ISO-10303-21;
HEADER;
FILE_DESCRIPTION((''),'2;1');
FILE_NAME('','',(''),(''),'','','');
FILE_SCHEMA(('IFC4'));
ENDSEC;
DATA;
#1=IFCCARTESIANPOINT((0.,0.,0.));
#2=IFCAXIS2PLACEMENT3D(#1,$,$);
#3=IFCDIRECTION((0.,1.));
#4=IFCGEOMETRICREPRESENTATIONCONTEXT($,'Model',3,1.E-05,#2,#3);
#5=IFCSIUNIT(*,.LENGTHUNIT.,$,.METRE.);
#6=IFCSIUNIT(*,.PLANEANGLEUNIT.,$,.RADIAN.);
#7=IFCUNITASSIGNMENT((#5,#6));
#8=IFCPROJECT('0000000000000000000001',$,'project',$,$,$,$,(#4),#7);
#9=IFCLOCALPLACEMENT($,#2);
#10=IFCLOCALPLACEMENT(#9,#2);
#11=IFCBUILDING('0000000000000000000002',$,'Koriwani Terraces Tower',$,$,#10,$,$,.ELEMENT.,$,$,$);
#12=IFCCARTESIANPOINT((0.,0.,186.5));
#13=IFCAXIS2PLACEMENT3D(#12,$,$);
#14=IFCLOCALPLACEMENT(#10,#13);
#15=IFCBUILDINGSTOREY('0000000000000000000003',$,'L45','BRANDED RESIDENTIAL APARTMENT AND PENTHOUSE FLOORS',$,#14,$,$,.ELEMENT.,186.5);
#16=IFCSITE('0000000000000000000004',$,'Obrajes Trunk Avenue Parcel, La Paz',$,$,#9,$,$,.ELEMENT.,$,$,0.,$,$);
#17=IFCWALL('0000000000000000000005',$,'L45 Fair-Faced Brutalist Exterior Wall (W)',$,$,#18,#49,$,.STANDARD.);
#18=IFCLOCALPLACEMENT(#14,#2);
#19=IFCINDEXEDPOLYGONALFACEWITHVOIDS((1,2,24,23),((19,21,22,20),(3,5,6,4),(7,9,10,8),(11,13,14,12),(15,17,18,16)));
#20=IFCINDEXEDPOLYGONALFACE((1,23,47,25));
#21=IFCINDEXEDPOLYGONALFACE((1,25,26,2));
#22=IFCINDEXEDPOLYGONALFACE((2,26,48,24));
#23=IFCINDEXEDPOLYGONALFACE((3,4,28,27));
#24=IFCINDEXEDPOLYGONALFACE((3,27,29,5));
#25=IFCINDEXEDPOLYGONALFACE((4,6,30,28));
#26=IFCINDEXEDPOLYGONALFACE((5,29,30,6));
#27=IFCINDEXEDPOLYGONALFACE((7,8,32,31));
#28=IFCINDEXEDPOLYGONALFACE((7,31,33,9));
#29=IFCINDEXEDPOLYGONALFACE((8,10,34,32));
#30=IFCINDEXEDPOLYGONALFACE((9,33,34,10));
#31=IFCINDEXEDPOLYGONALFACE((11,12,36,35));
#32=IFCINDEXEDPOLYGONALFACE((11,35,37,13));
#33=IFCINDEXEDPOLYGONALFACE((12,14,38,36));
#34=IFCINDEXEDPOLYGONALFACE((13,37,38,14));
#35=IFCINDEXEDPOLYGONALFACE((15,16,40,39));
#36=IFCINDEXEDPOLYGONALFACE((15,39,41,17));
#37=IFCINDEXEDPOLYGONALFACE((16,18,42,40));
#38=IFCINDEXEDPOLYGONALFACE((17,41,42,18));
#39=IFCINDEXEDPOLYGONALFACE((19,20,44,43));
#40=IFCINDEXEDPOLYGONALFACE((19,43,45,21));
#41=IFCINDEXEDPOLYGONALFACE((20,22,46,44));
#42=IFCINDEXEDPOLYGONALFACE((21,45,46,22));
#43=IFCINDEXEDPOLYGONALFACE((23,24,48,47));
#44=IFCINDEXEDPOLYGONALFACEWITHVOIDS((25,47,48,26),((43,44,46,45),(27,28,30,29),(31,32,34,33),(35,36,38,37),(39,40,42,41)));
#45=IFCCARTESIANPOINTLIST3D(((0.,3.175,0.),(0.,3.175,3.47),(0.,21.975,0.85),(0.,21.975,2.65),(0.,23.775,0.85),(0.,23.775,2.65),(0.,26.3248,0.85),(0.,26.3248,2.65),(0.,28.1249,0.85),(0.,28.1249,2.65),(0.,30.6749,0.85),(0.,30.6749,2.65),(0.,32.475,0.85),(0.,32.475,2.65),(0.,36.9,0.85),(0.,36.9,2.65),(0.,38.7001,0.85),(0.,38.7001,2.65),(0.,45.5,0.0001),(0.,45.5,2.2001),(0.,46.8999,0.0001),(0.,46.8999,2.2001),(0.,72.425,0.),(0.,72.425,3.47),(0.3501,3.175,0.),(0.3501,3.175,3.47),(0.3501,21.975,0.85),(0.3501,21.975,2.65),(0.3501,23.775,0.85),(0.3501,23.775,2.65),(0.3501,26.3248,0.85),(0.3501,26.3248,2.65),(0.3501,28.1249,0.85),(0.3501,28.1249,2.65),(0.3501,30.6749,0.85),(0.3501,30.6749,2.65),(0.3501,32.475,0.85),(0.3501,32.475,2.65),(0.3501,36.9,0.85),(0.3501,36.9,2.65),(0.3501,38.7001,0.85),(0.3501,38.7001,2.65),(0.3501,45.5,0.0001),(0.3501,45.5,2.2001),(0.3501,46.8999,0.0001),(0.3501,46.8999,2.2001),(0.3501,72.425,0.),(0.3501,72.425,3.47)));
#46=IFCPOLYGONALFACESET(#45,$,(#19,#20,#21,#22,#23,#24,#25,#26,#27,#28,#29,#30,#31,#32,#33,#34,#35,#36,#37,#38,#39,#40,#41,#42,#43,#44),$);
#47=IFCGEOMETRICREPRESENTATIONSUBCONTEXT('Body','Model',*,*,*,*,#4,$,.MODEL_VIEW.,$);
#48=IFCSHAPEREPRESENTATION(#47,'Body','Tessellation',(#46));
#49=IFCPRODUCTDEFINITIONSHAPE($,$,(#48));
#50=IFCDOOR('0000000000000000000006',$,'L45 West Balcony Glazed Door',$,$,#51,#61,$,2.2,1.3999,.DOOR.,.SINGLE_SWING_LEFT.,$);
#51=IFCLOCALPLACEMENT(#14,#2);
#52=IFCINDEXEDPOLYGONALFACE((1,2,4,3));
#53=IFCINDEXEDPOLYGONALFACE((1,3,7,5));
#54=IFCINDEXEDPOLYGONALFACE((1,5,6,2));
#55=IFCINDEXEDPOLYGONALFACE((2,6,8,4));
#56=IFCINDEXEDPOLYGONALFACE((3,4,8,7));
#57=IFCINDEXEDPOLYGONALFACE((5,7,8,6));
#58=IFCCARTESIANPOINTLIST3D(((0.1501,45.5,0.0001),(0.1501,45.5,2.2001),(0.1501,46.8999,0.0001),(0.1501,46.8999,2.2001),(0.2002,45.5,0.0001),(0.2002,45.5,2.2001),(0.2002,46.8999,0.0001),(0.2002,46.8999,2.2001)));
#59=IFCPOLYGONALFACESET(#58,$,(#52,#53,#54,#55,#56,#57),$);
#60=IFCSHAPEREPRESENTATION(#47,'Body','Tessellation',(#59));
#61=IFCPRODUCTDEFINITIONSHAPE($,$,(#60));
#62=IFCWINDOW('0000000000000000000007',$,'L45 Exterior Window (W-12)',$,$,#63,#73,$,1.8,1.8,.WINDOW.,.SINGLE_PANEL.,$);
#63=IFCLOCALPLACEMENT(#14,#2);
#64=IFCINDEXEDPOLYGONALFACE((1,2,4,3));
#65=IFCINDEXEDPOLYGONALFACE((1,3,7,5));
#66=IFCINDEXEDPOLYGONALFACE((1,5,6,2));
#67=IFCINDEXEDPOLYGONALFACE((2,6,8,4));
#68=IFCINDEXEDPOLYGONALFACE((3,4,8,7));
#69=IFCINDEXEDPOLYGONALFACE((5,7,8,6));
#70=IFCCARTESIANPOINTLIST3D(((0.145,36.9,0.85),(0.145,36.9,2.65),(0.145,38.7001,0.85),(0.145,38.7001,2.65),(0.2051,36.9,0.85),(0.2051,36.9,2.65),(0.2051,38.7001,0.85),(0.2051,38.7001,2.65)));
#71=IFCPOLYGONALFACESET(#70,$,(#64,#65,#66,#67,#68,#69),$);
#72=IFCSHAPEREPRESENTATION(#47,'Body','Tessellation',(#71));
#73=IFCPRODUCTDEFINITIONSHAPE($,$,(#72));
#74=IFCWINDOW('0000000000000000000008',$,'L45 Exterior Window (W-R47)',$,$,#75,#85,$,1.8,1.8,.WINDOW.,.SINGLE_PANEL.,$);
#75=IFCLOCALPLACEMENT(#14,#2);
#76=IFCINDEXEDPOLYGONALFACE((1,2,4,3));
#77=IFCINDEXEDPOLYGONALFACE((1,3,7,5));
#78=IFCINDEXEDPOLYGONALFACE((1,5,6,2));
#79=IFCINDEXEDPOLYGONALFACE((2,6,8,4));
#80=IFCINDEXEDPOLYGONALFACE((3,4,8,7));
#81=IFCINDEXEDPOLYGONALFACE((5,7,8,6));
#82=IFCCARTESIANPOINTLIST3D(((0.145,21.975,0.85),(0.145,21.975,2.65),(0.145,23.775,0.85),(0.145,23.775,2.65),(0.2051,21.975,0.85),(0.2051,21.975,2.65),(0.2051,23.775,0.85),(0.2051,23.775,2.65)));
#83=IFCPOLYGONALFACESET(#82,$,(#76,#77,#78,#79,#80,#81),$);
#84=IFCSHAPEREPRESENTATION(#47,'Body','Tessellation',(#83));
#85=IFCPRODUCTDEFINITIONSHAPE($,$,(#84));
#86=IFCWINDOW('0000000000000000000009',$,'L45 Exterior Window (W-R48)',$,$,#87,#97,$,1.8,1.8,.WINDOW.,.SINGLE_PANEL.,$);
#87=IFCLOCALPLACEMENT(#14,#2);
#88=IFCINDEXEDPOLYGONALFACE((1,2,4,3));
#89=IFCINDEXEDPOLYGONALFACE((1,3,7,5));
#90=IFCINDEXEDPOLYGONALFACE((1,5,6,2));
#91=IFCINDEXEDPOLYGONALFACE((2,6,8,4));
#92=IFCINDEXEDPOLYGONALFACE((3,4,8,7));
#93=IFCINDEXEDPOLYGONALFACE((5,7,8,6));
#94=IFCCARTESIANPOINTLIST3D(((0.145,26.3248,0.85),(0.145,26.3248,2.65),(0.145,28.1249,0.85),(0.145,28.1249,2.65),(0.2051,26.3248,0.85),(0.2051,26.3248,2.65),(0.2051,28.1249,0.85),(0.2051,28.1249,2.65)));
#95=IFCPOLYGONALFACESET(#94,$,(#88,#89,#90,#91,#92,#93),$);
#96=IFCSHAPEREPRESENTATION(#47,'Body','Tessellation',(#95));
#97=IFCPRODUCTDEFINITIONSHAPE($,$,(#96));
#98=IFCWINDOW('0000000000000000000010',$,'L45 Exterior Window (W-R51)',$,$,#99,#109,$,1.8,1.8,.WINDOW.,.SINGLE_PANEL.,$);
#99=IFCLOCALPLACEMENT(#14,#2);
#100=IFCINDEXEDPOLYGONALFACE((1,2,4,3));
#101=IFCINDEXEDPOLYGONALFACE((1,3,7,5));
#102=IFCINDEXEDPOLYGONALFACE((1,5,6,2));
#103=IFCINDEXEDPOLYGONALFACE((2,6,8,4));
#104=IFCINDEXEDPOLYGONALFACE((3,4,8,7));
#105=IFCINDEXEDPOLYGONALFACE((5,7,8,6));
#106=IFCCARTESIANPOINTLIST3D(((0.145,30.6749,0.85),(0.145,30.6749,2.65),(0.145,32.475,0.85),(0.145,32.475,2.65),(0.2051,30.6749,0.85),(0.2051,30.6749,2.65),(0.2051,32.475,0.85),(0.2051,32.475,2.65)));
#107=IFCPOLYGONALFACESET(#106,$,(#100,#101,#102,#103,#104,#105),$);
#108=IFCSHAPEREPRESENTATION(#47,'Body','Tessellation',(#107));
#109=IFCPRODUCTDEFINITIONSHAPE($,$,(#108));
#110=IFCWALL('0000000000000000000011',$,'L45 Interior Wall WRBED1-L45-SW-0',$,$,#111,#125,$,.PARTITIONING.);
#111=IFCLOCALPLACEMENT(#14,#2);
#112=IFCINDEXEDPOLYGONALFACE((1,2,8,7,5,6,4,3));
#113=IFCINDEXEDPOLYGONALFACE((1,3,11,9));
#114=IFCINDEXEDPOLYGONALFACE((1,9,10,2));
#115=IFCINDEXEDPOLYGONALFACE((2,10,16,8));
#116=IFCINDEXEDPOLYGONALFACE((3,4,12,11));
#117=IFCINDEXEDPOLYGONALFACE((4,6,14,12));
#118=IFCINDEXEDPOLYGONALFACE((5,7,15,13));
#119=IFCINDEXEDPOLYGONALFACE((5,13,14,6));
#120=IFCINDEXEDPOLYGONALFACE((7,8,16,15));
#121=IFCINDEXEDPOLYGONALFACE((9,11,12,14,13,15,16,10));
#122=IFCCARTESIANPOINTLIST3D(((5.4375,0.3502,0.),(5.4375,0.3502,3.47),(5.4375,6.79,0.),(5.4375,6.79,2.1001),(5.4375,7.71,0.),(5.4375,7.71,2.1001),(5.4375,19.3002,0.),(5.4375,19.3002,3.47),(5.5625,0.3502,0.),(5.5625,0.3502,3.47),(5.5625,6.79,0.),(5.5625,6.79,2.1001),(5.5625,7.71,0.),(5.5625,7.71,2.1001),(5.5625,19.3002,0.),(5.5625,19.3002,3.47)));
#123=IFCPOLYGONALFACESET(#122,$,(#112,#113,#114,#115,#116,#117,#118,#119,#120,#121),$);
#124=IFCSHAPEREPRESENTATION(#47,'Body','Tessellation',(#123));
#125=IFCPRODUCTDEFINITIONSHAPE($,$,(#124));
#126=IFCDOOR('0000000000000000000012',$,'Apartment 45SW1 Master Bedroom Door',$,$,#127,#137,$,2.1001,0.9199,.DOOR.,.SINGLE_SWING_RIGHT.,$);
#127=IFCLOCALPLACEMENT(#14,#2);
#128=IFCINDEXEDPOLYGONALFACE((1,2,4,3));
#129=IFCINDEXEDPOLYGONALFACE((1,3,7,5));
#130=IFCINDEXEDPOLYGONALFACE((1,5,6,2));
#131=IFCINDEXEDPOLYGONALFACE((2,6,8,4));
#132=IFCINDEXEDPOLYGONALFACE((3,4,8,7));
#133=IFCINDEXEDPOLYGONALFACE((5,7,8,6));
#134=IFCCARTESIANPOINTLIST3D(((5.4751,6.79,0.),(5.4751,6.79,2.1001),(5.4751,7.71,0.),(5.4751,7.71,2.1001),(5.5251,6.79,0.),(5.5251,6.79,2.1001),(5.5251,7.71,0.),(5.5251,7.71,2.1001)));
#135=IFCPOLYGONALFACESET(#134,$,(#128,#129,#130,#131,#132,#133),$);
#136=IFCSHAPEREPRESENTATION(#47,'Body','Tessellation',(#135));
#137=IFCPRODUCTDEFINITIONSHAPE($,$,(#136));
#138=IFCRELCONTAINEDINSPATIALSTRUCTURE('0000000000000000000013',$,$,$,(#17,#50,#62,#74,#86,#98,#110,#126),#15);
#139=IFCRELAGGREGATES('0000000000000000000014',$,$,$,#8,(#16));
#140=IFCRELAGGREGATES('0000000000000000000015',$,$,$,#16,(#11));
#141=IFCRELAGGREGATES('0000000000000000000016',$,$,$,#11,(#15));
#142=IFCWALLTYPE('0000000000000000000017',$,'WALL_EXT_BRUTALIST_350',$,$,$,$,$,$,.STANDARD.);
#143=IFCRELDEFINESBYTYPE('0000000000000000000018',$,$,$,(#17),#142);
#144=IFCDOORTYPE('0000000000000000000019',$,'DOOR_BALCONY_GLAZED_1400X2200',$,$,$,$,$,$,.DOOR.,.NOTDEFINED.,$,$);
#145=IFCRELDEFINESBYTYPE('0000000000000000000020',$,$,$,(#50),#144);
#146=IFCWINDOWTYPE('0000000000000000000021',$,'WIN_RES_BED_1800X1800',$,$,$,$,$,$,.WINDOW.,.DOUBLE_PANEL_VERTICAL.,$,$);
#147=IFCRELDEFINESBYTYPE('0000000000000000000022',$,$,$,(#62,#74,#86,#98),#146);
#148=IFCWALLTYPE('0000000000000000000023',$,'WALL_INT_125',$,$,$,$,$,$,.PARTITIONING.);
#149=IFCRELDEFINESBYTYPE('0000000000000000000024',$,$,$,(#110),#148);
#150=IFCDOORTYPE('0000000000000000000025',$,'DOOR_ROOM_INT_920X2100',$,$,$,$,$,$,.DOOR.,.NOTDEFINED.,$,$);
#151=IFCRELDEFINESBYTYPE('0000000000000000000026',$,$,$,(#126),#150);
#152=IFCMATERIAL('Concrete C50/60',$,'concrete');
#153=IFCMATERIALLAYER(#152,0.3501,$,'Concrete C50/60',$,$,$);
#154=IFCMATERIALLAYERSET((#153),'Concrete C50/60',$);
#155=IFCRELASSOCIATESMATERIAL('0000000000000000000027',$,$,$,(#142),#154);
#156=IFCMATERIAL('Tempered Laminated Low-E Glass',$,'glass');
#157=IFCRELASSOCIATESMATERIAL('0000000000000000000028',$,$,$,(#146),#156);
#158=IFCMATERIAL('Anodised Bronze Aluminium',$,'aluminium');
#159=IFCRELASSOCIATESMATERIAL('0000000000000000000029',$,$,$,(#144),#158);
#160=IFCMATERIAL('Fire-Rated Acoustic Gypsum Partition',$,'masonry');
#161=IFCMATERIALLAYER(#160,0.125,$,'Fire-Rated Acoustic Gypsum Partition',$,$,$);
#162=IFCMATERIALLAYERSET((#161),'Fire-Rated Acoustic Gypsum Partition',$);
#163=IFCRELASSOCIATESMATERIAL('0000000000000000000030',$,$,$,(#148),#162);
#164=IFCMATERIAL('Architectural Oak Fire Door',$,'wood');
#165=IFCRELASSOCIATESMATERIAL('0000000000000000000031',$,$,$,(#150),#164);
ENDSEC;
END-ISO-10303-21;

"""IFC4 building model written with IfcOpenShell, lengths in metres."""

from ifc_helpers import new_model, si_unit, direction, frame, frame_2d, origin, place, context, subcontext, project, spatial, rectangle, extrude, material, layer, layer_set, type_object, element, fill, save


model = new_model("IFC4")

# Units and contexts
model_context = context("Model", 3, precision=1e-05, world=origin(), true_north=direction((0.0, 1.0)))
body_context = subcontext(model_context, "Body", "Model", "MODEL_VIEW")
ifc_project = project(units=[si_unit("LENGTHUNIT", "METRE"), si_unit("PLANEANGLEUNIT", "RADIAN")], contexts=[model_context])

# Site, building, storey
site_placement = place(None, origin())
site = spatial("IfcSite", under=ifc_project, at=site_placement, Name="Obrajes Trunk Avenue Parcel, La Paz", CompositionType="ELEMENT", RefElevation=0.0)
building_placement = place(site_placement, origin())
building = spatial("IfcBuilding", under=site, at=building_placement, Name="Koriwani Terraces Tower", CompositionType="ELEMENT")
storey_placement = place(building_placement, frame((0.0, 0.0, 186.5)))
storey = spatial("IfcBuildingStorey", under=building, at=storey_placement, Name="L45", Description="BRANDED RESIDENTIAL APARTMENT AND PENTHOUSE FLOORS", CompositionType="ELEMENT", Elevation=186.5)

# Shared definitions
ifc_material_1 = material(Name="Concrete C50/60", Category="concrete")

# Shared definitions
ifc_layer_1 = layer(ifc_material_1, 0.3501, Name="Concrete C50/60")
ifc_layer_set_1 = layer_set([ifc_layer_1], Name="Concrete C50/60")
wall_type_1 = type_object("IfcWallType", Name="WALL_EXT_BRUTALIST_350", PredefinedType="STANDARD", material=ifc_layer_set_1)
ifc_material_2 = material(Name="Tempered Laminated Low-E Glass", Category="glass")
window_type = type_object("IfcWindowType", Name="WIN_RES_BED_1800X1800", PartitioningType="DOUBLE_PANEL_VERTICAL", PredefinedType="WINDOW", material=ifc_material_2)

# Wall, openings, door, windows
wall_1_placement = place(storey_placement, frame((0.175, 3.175, 0.0), z_axis=(0.0, 0.0, 1.0), x_axis=(0.0, 1.0, 0.0)))
wall_1 = element("IfcWall", 1, at=wall_1_placement, inside=storey, type_object=wall_type_1, Name="L45 Fair-Faced Brutalist Exterior Wall (W)", PredefinedType="STANDARD", context=body_context, shape_type="SweptSolid", body=[
    extrude(rectangle(XDim=69.25, YDim=0.3501, at=frame_2d((34.625, 0.0))), origin(), (0.0, 0.0, 1.0), 3.47),
])
opening_1_placement = place(wall_1_placement, frame((42.325, 0.0, 0.0)))
opening_1 = element("IfcOpeningElement", 2, at=opening_1_placement, cuts=wall_1, PredefinedType="OPENING", context=body_context, shape_type="SweptSolid", body=[
    extrude(rectangle(XDim=1.3999, YDim=2.2, at=frame_2d((0.7, 1.1001))), frame((0.0, 0.1851, 0.0), z_axis=(0.0, -1.0, 0.0), x_axis=(1.0, 0.0, 0.0)), (0.0, 0.0, 1.0), 0.3701),
])
opening_2_placement = place(wall_1_placement, frame((33.7251, 0.0, 0.8501)))
opening_2 = element("IfcOpeningElement", 3, at=opening_2_placement, cuts=wall_1, PredefinedType="OPENING", context=body_context, shape_type="SweptSolid", body=[
    extrude(rectangle(XDim=1.8, YDim=1.8, at=frame_2d((0.8999, 0.8999))), frame((0.0, 0.1851, 0.0), z_axis=(0.0, -1.0, 0.0), x_axis=(1.0, 0.0, 0.0)), (0.0, 0.0, 1.0), 0.3701),
])
opening_3_placement = place(wall_1_placement, frame((18.8, 0.0, 0.8501)))
opening_3 = element("IfcOpeningElement", 4, at=opening_3_placement, cuts=wall_1, PredefinedType="OPENING", context=body_context, shape_type="SweptSolid", body=[
    extrude(rectangle(XDim=1.8, YDim=1.8, at=frame_2d((0.8999, 0.8999))), frame((0.0, 0.1851, 0.0), z_axis=(0.0, -1.0, 0.0), x_axis=(1.0, 0.0, 0.0)), (0.0, 0.0, 1.0), 0.3701),
])
opening_4_placement = place(wall_1_placement, frame((23.1499, 0.0, 0.8501)))
opening_4 = element("IfcOpeningElement", 5, at=opening_4_placement, cuts=wall_1, PredefinedType="OPENING", context=body_context, shape_type="SweptSolid", body=[
    extrude(rectangle(XDim=1.8, YDim=1.8, at=frame_2d((0.8999, 0.8999))), frame((0.0, 0.1851, 0.0), z_axis=(0.0, -1.0, 0.0), x_axis=(1.0, 0.0, 0.0)), (0.0, 0.0, 1.0), 0.3701),
])
opening_5_placement = place(wall_1_placement, frame((27.5, 0.0, 0.8501)))
opening_5 = element("IfcOpeningElement", 6, at=opening_5_placement, cuts=wall_1, PredefinedType="OPENING", context=body_context, shape_type="SweptSolid", body=[
    extrude(rectangle(XDim=1.8, YDim=1.8, at=frame_2d((0.8999, 0.8999))), frame((0.0, 0.1851, 0.0), z_axis=(0.0, -1.0, 0.0), x_axis=(1.0, 0.0, 0.0)), (0.0, 0.0, 1.0), 0.3701),
])
ifc_material_3 = material(Name="Anodised Bronze Aluminium", Category="aluminium")
door_type_1 = type_object("IfcDoorType", Name="DOOR_BALCONY_GLAZED_1400X2200", OperationType="NOTDEFINED", PredefinedType="DOOR", material=ifc_material_3)
door_1_placement = place(opening_1_placement, origin())
door_1 = element("IfcDoor", 7, at=door_1_placement, inside=storey, type_object=door_type_1, Name="L45 West Balcony Glazed Door", OperationType="SINGLE_SWING_LEFT", OverallHeight=2.2, OverallWidth=1.3999, PredefinedType="DOOR", context=body_context, shape_type="SweptSolid", body=[
    extrude(rectangle(XDim=1.3999, YDim=2.2, at=frame_2d((0.7, 1.1001))), frame((0.0, 0.0249, 0.0), z_axis=(0.0, -1.0, 0.0), x_axis=(1.0, 0.0, 0.0)), (0.0, 0.0, 1.0), 0.05),
])
fill(opening_1, door_1)
window_1_placement = place(opening_2_placement, origin())
window_1 = element("IfcWindow", 8, at=window_1_placement, inside=storey, type_object=window_type, Name="L45 Exterior Window (W-12)", OverallHeight=1.8, OverallWidth=1.8, PartitioningType="SINGLE_PANEL", PredefinedType="WINDOW", context=body_context, shape_type="SweptSolid", body=[
    extrude(rectangle(XDim=1.8, YDim=1.8, at=frame_2d((0.8999, 0.8999))), frame((0.0, 0.03, 0.0), z_axis=(0.0, -1.0, 0.0), x_axis=(1.0, 0.0, 0.0)), (0.0, 0.0, 1.0), 0.0601),
])
fill(opening_2, window_1)
window_2_placement = place(opening_3_placement, origin())
window_2 = element("IfcWindow", 9, at=window_2_placement, inside=storey, type_object=window_type, Name="L45 Exterior Window (W-R47)", OverallHeight=1.8, OverallWidth=1.8, PartitioningType="SINGLE_PANEL", PredefinedType="WINDOW", context=body_context, shape_type="SweptSolid", body=[
    extrude(rectangle(XDim=1.8, YDim=1.8, at=frame_2d((0.8999, 0.8999))), frame((0.0, 0.03, 0.0), z_axis=(0.0, -1.0, 0.0), x_axis=(1.0, 0.0, 0.0)), (0.0, 0.0, 1.0), 0.0601),
])
fill(opening_3, window_2)
window_3_placement = place(opening_4_placement, origin())
window_3 = element("IfcWindow", 10, at=window_3_placement, inside=storey, type_object=window_type, Name="L45 Exterior Window (W-R48)", OverallHeight=1.8, OverallWidth=1.8, PartitioningType="SINGLE_PANEL", PredefinedType="WINDOW", context=body_context, shape_type="SweptSolid", body=[
    extrude(rectangle(XDim=1.8, YDim=1.8, at=frame_2d((0.8999, 0.8999))), frame((0.0, 0.03, 0.0), z_axis=(0.0, -1.0, 0.0), x_axis=(1.0, 0.0, 0.0)), (0.0, 0.0, 1.0), 0.0601),
])
fill(opening_4, window_3)
window_4_placement = place(opening_5_placement, origin())
window_4 = element("IfcWindow", 11, at=window_4_placement, inside=storey, type_object=window_type, Name="L45 Exterior Window (W-R51)", OverallHeight=1.8, OverallWidth=1.8, PartitioningType="SINGLE_PANEL", PredefinedType="WINDOW", context=body_context, shape_type="SweptSolid", body=[
    extrude(rectangle(XDim=1.8, YDim=1.8, at=frame_2d((0.8999, 0.8999))), frame((0.0, 0.03, 0.0), z_axis=(0.0, -1.0, 0.0), x_axis=(1.0, 0.0, 0.0)), (0.0, 0.0, 1.0), 0.0601),
])
fill(opening_5, window_4)

# Wall, opening, door
ifc_material_4 = material(Name="Fire-Rated Acoustic Gypsum Partition", Category="masonry")
ifc_layer_2 = layer(ifc_material_4, 0.125, Name="Fire-Rated Acoustic Gypsum Partition")
ifc_layer_set_2 = layer_set([ifc_layer_2], Name="Fire-Rated Acoustic Gypsum Partition")
wall_type_2 = type_object("IfcWallType", Name="WALL_INT_125", PredefinedType="PARTITIONING", material=ifc_layer_set_2)
wall_2_placement = place(storey_placement, frame((5.5, 0.3501, 0.0), z_axis=(0.0, 0.0, 1.0), x_axis=(0.0, 1.0, 0.0)))
wall_2 = element("IfcWall", 12, at=wall_2_placement, inside=storey, type_object=wall_type_2, Name="L45 Interior Wall WRBED1-L45-SW-0", PredefinedType="PARTITIONING", context=body_context, shape_type="SweptSolid", body=[
    extrude(rectangle(XDim=18.95, YDim=0.125, at=frame_2d((9.4751, 0.0))), origin(), (0.0, 0.0, 1.0), 3.47),
])
opening_6_placement = place(wall_2_placement, frame((6.4399, 0.0, 0.0)))
opening_6 = element("IfcOpeningElement", 13, at=opening_6_placement, cuts=wall_2, PredefinedType="OPENING", context=body_context, shape_type="SweptSolid", body=[
    extrude(rectangle(XDim=0.9199, YDim=2.1001, at=frame_2d((0.46, 1.05))), frame((0.0, 0.0725, 0.0), z_axis=(0.0, -1.0, 0.0), x_axis=(1.0, 0.0, 0.0)), (0.0, 0.0, 1.0), 0.145),
])
ifc_material_5 = material(Name="Architectural Oak Fire Door", Category="wood")
door_type_2 = type_object("IfcDoorType", Name="DOOR_ROOM_INT_920X2100", OperationType="NOTDEFINED", PredefinedType="DOOR", material=ifc_material_5)
door_2_placement = place(opening_6_placement, origin())
door_2 = element("IfcDoor", 14, at=door_2_placement, inside=storey, type_object=door_type_2, Name="Apartment 45SW1 Master Bedroom Door", OperationType="SINGLE_SWING_RIGHT", OverallHeight=2.1001, OverallWidth=0.9199, PredefinedType="DOOR", context=body_context, shape_type="SweptSolid", body=[
    extrude(rectangle(XDim=0.9199, YDim=2.1001, at=frame_2d((0.46, 1.05))), frame((0.0, 0.0249, 0.0), z_axis=(0.0, -1.0, 0.0), x_axis=(1.0, 0.0, 0.0)), (0.0, 0.0, 1.0), 0.05),
])
fill(opening_6, door_2)

save(model, "model.ifc")
